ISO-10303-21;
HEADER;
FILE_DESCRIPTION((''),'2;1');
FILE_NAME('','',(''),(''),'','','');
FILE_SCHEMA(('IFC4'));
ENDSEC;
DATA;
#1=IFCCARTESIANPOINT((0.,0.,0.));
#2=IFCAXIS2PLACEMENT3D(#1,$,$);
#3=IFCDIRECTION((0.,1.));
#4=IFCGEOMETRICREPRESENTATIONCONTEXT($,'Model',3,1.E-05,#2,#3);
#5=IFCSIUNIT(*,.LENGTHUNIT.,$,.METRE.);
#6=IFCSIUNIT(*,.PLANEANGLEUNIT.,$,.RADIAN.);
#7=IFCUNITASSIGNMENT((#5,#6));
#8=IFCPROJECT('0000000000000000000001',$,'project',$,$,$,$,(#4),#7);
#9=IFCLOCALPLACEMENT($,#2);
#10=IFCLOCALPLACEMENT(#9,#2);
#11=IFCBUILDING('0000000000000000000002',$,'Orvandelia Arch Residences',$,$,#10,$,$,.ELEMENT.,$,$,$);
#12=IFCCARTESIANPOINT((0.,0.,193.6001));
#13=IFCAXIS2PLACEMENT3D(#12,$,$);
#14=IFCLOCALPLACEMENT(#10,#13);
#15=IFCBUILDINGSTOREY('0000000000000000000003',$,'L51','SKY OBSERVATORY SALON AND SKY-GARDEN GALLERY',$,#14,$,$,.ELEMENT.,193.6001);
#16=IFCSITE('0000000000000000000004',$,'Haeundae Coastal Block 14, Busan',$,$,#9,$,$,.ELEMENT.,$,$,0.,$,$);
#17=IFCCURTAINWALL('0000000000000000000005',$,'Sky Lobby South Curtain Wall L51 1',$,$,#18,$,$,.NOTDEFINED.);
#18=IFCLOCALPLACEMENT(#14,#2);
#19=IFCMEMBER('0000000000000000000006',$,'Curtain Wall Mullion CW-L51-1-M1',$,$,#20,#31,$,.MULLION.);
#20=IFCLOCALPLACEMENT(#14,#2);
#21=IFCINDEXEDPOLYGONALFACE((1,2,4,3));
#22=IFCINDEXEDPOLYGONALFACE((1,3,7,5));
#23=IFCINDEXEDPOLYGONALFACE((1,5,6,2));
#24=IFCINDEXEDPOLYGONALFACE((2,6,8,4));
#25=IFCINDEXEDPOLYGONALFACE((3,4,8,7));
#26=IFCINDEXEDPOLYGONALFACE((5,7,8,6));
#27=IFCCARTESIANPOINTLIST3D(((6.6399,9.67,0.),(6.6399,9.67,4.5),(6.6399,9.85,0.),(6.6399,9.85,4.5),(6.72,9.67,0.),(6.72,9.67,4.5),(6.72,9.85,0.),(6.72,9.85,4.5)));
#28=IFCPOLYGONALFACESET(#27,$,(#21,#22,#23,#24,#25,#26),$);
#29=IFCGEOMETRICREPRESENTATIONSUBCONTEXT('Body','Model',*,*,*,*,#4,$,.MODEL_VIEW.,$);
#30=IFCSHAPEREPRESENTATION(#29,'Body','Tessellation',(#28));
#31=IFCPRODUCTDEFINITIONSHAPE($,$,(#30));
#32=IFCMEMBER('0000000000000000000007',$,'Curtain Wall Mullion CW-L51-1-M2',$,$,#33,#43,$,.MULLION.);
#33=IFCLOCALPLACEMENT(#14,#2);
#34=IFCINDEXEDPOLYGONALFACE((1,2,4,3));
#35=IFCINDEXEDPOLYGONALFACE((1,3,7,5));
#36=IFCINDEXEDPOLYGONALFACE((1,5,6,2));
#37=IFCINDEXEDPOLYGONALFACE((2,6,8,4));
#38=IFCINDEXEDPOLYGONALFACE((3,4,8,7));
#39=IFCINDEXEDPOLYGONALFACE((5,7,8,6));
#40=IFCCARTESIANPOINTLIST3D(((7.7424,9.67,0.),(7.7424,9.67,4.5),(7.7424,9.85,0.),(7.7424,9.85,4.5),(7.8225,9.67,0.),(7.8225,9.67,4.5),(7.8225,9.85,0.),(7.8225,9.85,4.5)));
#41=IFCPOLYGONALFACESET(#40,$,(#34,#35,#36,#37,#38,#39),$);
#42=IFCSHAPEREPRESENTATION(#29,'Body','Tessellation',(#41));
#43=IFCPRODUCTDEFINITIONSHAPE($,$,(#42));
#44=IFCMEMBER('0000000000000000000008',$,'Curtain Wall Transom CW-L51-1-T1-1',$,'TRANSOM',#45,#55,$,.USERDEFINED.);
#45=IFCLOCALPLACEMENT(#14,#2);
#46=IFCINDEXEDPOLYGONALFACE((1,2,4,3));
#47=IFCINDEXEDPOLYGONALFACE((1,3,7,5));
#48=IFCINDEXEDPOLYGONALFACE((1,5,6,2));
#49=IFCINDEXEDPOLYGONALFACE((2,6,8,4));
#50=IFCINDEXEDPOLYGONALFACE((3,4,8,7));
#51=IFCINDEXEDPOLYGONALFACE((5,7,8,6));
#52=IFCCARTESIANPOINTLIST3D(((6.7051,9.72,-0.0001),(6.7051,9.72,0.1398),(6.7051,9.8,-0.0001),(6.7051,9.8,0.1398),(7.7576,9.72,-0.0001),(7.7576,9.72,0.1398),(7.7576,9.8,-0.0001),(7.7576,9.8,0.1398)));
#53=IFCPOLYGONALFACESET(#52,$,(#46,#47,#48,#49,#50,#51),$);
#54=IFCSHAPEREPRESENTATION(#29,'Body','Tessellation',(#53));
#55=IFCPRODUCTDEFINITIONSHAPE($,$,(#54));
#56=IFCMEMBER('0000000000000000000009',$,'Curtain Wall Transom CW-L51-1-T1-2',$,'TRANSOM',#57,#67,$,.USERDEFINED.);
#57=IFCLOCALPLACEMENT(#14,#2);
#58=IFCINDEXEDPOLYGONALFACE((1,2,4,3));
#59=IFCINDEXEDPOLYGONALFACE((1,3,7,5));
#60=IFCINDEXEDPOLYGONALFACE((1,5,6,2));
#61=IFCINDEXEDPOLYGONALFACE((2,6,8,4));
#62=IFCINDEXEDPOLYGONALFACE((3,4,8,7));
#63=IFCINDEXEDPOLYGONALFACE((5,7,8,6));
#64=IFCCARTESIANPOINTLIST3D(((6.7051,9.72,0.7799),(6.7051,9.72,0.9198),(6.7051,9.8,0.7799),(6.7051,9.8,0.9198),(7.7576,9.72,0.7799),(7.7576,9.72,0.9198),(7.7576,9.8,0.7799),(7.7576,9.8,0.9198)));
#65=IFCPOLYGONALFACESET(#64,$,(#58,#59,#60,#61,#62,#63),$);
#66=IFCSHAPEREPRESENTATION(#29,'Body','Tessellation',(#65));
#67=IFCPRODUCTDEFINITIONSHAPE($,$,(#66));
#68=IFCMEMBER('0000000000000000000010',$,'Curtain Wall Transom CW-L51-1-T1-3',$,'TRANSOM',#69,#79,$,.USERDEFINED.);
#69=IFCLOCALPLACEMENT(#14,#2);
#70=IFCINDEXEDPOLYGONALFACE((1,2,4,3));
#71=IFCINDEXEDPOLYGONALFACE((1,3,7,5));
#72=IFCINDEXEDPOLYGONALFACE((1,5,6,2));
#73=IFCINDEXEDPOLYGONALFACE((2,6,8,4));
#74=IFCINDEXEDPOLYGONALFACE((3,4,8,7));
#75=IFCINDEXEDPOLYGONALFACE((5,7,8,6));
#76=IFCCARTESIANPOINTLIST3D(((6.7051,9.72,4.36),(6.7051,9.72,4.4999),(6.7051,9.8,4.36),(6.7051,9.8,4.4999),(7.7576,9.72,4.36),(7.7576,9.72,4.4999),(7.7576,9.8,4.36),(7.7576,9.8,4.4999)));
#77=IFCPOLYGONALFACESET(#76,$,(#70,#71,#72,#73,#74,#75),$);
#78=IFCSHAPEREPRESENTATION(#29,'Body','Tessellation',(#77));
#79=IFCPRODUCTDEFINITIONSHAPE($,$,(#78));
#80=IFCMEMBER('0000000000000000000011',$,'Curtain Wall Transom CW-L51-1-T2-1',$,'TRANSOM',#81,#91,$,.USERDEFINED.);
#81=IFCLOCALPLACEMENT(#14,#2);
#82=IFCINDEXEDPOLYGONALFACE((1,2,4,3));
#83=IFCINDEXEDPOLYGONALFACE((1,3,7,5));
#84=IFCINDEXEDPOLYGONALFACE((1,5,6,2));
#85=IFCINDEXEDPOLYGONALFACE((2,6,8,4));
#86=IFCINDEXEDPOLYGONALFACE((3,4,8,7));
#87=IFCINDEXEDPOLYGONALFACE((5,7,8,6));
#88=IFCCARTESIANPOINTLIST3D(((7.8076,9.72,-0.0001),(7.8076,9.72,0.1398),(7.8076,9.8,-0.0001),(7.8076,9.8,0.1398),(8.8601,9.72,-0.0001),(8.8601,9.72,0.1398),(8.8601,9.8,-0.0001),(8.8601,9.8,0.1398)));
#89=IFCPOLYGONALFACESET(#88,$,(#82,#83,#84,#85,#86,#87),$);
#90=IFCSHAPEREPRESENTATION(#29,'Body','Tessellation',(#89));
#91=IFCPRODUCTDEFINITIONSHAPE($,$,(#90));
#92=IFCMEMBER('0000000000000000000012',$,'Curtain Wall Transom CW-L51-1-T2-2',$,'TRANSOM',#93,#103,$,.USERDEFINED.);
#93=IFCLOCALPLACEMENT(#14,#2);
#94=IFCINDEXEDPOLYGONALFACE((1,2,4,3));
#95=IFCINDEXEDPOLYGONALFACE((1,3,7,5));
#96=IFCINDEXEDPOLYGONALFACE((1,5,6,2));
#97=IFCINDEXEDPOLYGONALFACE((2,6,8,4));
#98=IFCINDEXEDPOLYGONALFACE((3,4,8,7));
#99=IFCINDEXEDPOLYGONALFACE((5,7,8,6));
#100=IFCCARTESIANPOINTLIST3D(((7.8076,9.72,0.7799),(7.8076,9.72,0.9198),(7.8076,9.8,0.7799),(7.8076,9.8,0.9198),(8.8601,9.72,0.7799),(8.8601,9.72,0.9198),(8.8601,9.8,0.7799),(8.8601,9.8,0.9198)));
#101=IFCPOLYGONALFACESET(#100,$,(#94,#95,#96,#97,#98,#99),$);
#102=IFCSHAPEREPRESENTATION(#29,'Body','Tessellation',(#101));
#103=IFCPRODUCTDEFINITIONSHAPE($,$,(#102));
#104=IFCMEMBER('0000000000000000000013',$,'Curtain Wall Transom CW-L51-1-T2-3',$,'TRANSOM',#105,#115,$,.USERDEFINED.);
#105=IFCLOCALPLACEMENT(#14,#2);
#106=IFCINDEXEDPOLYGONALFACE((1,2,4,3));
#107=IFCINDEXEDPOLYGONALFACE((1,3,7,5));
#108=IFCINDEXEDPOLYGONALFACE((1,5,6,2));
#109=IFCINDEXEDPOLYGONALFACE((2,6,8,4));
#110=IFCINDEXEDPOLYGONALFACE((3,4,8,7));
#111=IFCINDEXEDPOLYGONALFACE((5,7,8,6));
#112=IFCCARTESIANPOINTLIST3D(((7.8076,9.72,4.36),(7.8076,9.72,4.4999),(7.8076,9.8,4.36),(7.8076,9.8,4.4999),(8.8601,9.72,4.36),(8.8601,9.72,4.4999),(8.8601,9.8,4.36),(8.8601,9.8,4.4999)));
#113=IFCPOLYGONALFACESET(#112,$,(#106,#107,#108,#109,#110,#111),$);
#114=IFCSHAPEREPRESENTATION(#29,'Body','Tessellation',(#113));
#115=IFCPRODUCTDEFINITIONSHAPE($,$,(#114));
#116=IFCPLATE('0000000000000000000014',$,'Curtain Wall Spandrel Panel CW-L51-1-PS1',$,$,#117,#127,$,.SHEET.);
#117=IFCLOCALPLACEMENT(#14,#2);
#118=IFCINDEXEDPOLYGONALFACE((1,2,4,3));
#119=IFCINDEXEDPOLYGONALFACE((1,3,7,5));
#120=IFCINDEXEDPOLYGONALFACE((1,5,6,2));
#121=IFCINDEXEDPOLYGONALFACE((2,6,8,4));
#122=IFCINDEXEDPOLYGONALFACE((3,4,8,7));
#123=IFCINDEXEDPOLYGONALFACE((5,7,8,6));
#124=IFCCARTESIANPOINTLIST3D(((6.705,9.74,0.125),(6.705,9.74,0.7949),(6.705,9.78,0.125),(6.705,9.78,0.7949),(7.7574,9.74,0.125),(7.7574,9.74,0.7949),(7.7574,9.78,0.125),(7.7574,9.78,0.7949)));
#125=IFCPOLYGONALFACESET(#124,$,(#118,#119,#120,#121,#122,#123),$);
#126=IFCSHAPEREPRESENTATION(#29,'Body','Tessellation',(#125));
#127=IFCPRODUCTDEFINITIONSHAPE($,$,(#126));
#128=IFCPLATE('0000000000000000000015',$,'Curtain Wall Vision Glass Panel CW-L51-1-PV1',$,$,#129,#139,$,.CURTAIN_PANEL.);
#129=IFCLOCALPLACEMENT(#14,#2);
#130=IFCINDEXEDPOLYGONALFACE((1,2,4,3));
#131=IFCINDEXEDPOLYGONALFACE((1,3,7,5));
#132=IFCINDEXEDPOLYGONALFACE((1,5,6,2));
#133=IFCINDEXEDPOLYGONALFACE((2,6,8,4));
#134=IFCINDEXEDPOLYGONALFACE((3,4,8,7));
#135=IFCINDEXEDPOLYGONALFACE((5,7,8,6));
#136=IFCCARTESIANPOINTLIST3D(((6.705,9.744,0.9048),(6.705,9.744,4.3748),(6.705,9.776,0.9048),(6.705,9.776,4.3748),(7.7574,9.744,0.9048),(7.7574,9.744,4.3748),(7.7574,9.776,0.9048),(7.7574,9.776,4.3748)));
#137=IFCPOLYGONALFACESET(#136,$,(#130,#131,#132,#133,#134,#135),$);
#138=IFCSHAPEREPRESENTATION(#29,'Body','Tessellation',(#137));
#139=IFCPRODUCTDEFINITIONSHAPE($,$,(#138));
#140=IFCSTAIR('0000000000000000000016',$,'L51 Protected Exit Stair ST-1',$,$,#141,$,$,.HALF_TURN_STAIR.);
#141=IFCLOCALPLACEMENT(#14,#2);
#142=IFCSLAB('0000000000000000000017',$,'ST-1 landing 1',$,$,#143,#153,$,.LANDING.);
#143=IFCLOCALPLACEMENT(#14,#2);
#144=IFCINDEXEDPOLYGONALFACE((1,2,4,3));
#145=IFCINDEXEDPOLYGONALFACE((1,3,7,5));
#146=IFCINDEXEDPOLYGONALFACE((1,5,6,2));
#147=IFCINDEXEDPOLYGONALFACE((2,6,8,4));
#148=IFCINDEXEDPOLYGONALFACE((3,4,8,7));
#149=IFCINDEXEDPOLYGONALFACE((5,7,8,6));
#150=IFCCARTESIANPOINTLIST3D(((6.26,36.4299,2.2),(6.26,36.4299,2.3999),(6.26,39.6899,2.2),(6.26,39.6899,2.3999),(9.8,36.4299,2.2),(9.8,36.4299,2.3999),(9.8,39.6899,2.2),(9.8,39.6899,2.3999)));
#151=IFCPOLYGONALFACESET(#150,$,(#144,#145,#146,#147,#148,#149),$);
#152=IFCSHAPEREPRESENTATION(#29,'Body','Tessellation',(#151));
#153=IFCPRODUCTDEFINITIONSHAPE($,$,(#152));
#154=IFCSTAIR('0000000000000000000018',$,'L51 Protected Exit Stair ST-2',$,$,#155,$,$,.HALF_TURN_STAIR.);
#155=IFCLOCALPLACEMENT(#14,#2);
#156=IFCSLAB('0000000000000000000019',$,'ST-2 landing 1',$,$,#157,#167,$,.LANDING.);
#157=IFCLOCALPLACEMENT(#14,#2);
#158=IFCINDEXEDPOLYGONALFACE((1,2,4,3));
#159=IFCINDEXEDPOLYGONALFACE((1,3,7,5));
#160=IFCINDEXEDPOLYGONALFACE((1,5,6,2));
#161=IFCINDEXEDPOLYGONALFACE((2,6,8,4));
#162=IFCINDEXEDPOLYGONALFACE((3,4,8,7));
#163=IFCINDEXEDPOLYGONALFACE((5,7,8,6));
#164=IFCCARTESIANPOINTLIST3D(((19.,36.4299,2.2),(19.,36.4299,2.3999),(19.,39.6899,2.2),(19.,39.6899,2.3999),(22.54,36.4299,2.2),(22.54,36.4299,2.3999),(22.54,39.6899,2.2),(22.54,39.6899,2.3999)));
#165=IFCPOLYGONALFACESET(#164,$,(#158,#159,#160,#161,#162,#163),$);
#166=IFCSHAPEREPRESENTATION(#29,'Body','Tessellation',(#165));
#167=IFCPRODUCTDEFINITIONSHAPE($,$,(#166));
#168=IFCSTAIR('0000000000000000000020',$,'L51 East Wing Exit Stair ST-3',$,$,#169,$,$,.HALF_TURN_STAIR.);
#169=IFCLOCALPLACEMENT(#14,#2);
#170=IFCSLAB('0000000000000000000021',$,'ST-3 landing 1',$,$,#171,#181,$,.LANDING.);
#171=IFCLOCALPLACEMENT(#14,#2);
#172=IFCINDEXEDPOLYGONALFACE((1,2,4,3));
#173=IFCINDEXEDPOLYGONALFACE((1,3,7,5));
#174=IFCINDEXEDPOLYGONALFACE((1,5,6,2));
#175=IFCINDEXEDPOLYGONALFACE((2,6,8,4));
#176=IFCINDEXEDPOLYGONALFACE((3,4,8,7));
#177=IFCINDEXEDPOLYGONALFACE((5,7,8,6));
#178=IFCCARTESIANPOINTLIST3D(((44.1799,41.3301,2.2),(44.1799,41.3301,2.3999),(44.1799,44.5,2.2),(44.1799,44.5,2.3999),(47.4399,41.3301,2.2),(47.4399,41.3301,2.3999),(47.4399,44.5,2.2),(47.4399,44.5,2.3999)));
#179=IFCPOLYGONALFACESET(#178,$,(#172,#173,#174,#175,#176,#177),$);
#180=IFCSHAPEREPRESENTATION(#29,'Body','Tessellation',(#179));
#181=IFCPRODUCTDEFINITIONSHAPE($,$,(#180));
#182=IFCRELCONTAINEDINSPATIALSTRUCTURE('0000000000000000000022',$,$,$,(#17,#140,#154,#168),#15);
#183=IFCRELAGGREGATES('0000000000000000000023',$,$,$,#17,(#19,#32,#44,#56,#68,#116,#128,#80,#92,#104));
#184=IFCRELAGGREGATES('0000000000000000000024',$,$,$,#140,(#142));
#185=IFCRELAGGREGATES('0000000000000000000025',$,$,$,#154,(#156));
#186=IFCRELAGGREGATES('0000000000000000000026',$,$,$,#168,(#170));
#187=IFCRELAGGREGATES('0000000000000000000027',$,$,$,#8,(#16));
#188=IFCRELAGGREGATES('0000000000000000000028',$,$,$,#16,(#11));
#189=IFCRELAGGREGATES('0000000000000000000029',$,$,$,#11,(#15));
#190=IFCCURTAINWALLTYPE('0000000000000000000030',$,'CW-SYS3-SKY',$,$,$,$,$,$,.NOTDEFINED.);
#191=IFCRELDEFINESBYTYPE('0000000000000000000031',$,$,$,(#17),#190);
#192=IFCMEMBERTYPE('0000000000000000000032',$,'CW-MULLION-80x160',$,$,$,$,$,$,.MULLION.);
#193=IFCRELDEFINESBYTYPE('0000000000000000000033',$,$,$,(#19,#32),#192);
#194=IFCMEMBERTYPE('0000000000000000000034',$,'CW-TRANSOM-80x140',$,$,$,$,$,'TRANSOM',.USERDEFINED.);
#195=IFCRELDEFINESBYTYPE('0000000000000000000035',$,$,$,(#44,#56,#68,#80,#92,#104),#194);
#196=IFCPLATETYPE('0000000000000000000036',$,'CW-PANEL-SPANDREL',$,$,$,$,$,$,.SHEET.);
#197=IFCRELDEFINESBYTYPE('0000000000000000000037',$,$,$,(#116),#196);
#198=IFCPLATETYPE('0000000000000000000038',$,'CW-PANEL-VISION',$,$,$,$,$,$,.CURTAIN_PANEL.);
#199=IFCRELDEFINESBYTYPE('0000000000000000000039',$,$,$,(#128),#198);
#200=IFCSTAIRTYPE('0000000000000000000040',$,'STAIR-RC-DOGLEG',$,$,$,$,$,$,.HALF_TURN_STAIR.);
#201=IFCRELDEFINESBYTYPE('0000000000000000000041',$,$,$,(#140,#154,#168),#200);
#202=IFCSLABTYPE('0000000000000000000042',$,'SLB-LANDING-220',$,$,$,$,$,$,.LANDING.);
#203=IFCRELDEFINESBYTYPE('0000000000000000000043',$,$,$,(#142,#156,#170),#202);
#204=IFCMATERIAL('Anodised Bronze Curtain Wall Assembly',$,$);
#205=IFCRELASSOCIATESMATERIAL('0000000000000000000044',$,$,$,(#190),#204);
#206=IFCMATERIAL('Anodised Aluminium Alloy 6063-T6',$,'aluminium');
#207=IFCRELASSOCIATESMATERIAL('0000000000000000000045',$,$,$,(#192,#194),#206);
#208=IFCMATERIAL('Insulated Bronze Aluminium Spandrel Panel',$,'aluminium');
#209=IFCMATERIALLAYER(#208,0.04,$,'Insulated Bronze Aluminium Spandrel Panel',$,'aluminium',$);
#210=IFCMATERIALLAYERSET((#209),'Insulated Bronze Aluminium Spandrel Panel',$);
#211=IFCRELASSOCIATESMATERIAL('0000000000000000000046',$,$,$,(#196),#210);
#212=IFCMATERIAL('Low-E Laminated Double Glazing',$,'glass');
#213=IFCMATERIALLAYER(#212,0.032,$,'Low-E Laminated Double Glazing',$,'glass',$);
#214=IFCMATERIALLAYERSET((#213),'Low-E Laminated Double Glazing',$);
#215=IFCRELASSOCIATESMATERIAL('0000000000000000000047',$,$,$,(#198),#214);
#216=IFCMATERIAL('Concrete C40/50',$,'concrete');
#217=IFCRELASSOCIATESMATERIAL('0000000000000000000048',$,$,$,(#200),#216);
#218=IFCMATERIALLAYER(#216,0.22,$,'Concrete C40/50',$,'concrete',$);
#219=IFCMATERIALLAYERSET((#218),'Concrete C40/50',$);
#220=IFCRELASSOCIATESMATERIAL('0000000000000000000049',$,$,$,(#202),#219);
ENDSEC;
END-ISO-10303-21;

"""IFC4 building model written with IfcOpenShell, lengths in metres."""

from ifc_helpers import new_model, si_unit, direction, frame, origin, origin_2d, place, context, subcontext, project, spatial, polyline, rectangle, outline, extrude, material, layer, layer_set, material_profile, profile_set, type_object, element, aggregate, save


model = new_model("IFC4")

# Units and contexts
model_context = context("Model", 3, precision=1e-05, world=origin(), true_north=direction((0.0, 1.0)))
body_context = subcontext(model_context, "Body", "Model", "MODEL_VIEW")
ifc_project = project(units=[si_unit("LENGTHUNIT", "METRE"), si_unit("PLANEANGLEUNIT", "RADIAN")], contexts=[model_context])

# Site, building, storey
site_placement = place(None, origin())
site = spatial("IfcSite", under=ifc_project, at=site_placement, Name="Haeundae Coastal Block 14, Busan", CompositionType="ELEMENT", RefElevation=0.0)
building_placement = place(site_placement, origin())
building = spatial("IfcBuilding", under=site, at=building_placement, Name="Orvandelia Arch Residences", CompositionType="ELEMENT")
storey_placement = place(building_placement, frame((0.0, 0.0, 193.6001)))
storey = spatial("IfcBuildingStorey", under=building, at=storey_placement, Name="L51", Description="SKY OBSERVATORY SALON AND SKY-GARDEN GALLERY", CompositionType="ELEMENT", Elevation=193.6001)

# Curtain wall, members, plates
ifc_material_1 = material(Name="Anodised Bronze Curtain Wall Assembly")
curtain_wall_type = type_object("IfcCurtainWallType", Name="CW-SYS3-SKY", PredefinedType="NOTDEFINED", material=ifc_material_1)
curtain_wall_placement = place(storey_placement, origin())
curtain_wall = element("IfcCurtainWall", 1, at=curtain_wall_placement, inside=storey, type_object=curtain_wall_type, Name="Sky Lobby South Curtain Wall L51 1", PredefinedType="NOTDEFINED")
ifc_material_2 = material(Name="Anodised Aluminium Alloy 6063-T6", Category="aluminium")
ifc_material_profile_1 = material_profile(ifc_material_2, rectangle(XDim=0.0801, YDim=0.1799, at=origin_2d()), Name="Anodised Aluminium Alloy 6063-T6", Category="aluminium")
ifc_profile_set_1 = profile_set([ifc_material_profile_1], Name="Anodised Aluminium Alloy 6063-T6")
member_type_1 = type_object("IfcMemberType", Name="CW-MULLION-80x160", PredefinedType="MULLION", material=ifc_profile_set_1)
member_1_placement = place(storey_placement, frame((6.6799, 9.76, 0.0), z_axis=(0.0, 0.0, 1.0), x_axis=(1.0, 0.0, 0.0)))
member_1 = element("IfcMember", 2, at=member_1_placement, type_object=member_type_1, Name="Curtain Wall Mullion CW-L51-1-M1", PredefinedType="MULLION", context=body_context, shape_type="SweptSolid", body=[
    extrude(rectangle(XDim=0.0801, YDim=0.1799, at=origin_2d()), origin(), (0.0, 0.0, 1.0), 4.5),
])
member_2_placement = place(storey_placement, frame((7.7825, 9.76, 0.0), z_axis=(0.0, 0.0, 1.0), x_axis=(1.0, 0.0, 0.0)))
member_2 = element("IfcMember", 3, at=member_2_placement, type_object=member_type_1, Name="Curtain Wall Mullion CW-L51-1-M2", PredefinedType="MULLION", context=body_context, shape_type="SweptSolid", body=[
    extrude(rectangle(XDim=0.0801, YDim=0.1799, at=origin_2d()), origin(), (0.0, 0.0, 1.0), 4.5),
])
ifc_material_profile_2 = material_profile(ifc_material_2, rectangle(XDim=0.0801, YDim=0.1399, at=origin_2d()), Name="Anodised Aluminium Alloy 6063-T6", Category="aluminium")
ifc_profile_set_2 = profile_set([ifc_material_profile_2], Name="Anodised Aluminium Alloy 6063-T6")
member_type_2 = type_object("IfcMemberType", Name="CW-TRANSOM-80x140", ElementType="TRANSOM", PredefinedType="USERDEFINED", material=ifc_profile_set_2)
member_3_placement = place(storey_placement, frame((6.7051, 9.76, 0.0698), z_axis=(1.0, 0.0, 0.0), x_axis=(0.0, 1.0, 0.0)))
member_3 = element("IfcMember", 4, at=member_3_placement, type_object=member_type_2, Name="Curtain Wall Transom CW-L51-1-T1-1", ObjectType="TRANSOM", PredefinedType="USERDEFINED", context=body_context, shape_type="SweptSolid", body=[
    extrude(rectangle(XDim=0.0801, YDim=0.1399, at=origin_2d()), origin(), (0.0, 0.0, 1.0), 1.0525),
])
member_4_placement = place(storey_placement, frame((6.7051, 9.76, 0.8499), z_axis=(1.0, 0.0, 0.0), x_axis=(0.0, 1.0, 0.0)))
member_4 = element("IfcMember", 5, at=member_4_placement, type_object=member_type_2, Name="Curtain Wall Transom CW-L51-1-T1-2", ObjectType="TRANSOM", PredefinedType="USERDEFINED", context=body_context, shape_type="SweptSolid", body=[
    extrude(rectangle(XDim=0.0801, YDim=0.1399, at=origin_2d()), origin(), (0.0, 0.0, 1.0), 1.0525),
])
member_5_placement = place(storey_placement, frame((6.7051, 9.76, 4.4299), z_axis=(1.0, 0.0, 0.0), x_axis=(0.0, 1.0, 0.0)))
member_5 = element("IfcMember", 6, at=member_5_placement, type_object=member_type_2, Name="Curtain Wall Transom CW-L51-1-T1-3", ObjectType="TRANSOM", PredefinedType="USERDEFINED", context=body_context, shape_type="SweptSolid", body=[
    extrude(rectangle(XDim=0.0801, YDim=0.1399, at=origin_2d()), origin(), (0.0, 0.0, 1.0), 1.0525),
])
member_6_placement = place(storey_placement, frame((7.8076, 9.76, 0.0698), z_axis=(1.0, 0.0, 0.0), x_axis=(0.0, 1.0, 0.0)))
member_6 = element("IfcMember", 7, at=member_6_placement, type_object=member_type_2, Name="Curtain Wall Transom CW-L51-1-T2-1", ObjectType="TRANSOM", PredefinedType="USERDEFINED", context=body_context, shape_type="SweptSolid", body=[
    extrude(rectangle(XDim=0.0801, YDim=0.1399, at=origin_2d()), origin(), (0.0, 0.0, 1.0), 1.0525),
])
member_7_placement = place(storey_placement, frame((7.8076, 9.76, 0.8499), z_axis=(1.0, 0.0, 0.0), x_axis=(0.0, 1.0, 0.0)))
member_7 = element("IfcMember", 8, at=member_7_placement, type_object=member_type_2, Name="Curtain Wall Transom CW-L51-1-T2-2", ObjectType="TRANSOM", PredefinedType="USERDEFINED", context=body_context, shape_type="SweptSolid", body=[
    extrude(rectangle(XDim=0.0801, YDim=0.1399, at=origin_2d()), origin(), (0.0, 0.0, 1.0), 1.0525),
])
member_8_placement = place(storey_placement, frame((7.8076, 9.76, 4.4299), z_axis=(1.0, 0.0, 0.0), x_axis=(0.0, 1.0, 0.0)))
member_8 = element("IfcMember", 9, at=member_8_placement, type_object=member_type_2, Name="Curtain Wall Transom CW-L51-1-T2-3", ObjectType="TRANSOM", PredefinedType="USERDEFINED", context=body_context, shape_type="SweptSolid", body=[
    extrude(rectangle(XDim=0.0801, YDim=0.1399, at=origin_2d()), origin(), (0.0, 0.0, 1.0), 1.0525),
])
ifc_material_3 = material(Name="Insulated Bronze Aluminium Spandrel Panel", Category="aluminium")
ifc_layer_1 = layer(ifc_material_3, 0.04, Name="Insulated Bronze Aluminium Spandrel Panel", Category="aluminium")
ifc_layer_set_1 = layer_set([ifc_layer_1], Name="Insulated Bronze Aluminium Spandrel Panel")
plate_type_1 = type_object("IfcPlateType", Name="CW-PANEL-SPANDREL", PredefinedType="SHEET", material=ifc_layer_set_1)
plate_1_placement = place(storey_placement, frame((7.2312, 9.76, 0.125), z_axis=(0.0, 0.0, 1.0), x_axis=(1.0, 0.0, 0.0)))
plate_1 = element("IfcPlate", 10, at=plate_1_placement, type_object=plate_type_1, Name="Curtain Wall Spandrel Panel CW-L51-1-PS1", PredefinedType="SHEET", context=body_context, shape_type="SweptSolid", body=[
    extrude(rectangle(XDim=1.0525, YDim=0.04, at=origin_2d()), origin(), (0.0, 0.0, 1.0), 0.6699),
])
ifc_material_4 = material(Name="Low-E Laminated Double Glazing", Category="glass")
ifc_layer_2 = layer(ifc_material_4, 0.032, Name="Low-E Laminated Double Glazing", Category="glass")
ifc_layer_set_2 = layer_set([ifc_layer_2], Name="Low-E Laminated Double Glazing")
plate_type_2 = type_object("IfcPlateType", Name="CW-PANEL-VISION", PredefinedType="CURTAIN_PANEL", material=ifc_layer_set_2)
plate_2_placement = place(storey_placement, frame((7.2312, 9.76, 0.9048), z_axis=(0.0, 0.0, 1.0), x_axis=(1.0, 0.0, 0.0)))
plate_2 = element("IfcPlate", 11, at=plate_2_placement, type_object=plate_type_2, Name="Curtain Wall Vision Glass Panel CW-L51-1-PV1", PredefinedType="CURTAIN_PANEL", context=body_context, shape_type="SweptSolid", body=[
    extrude(rectangle(XDim=1.0525, YDim=0.032, at=origin_2d()), origin(), (0.0, 0.0, 1.0), 3.47),
])
aggregate(curtain_wall, [member_1, member_2, member_3, member_4, member_5, plate_1, plate_2, member_6, member_7, member_8])

# Stairs, slabs
ifc_material_5 = material(Name="Concrete C40/50", Category="concrete")
stair_type = type_object("IfcStairType", Name="STAIR-RC-DOGLEG", PredefinedType="HALF_TURN_STAIR", material=ifc_material_5)
stair_1_placement = place(storey_placement, origin())
stair_1 = element("IfcStair", 12, at=stair_1_placement, inside=storey, type_object=stair_type, Name="L51 Protected Exit Stair ST-1", PredefinedType="HALF_TURN_STAIR")
ifc_layer_3 = layer(ifc_material_5, 0.22, Name="Concrete C40/50", Category="concrete")
ifc_layer_set_3 = layer_set([ifc_layer_3], Name="Concrete C40/50")
slab_type_1 = type_object("IfcSlabType", Name="SLB-LANDING-220", PredefinedType="LANDING", material=ifc_layer_set_3)
slab_1_placement = place(storey_placement, frame((0.0, 0.0, 2.2)))
slab_1 = element("IfcSlab", 13, at=slab_1_placement, type_object=slab_type_1, Name="ST-1 landing 1", PredefinedType="LANDING", context=body_context, shape_type="SweptSolid", body=[
    extrude(outline(polyline([(9.8, 36.4299), (9.8, 39.6899), (6.26, 39.6899), (6.26, 36.4299), (9.8, 36.4299)])), origin(), (0.0, 0.0, 1.0), 0.2),
])
aggregate(stair_1, [slab_1])
stair_2_placement = place(storey_placement, origin())
stair_2 = element("IfcStair", 14, at=stair_2_placement, inside=storey, type_object=stair_type, Name="L51 Protected Exit Stair ST-2", PredefinedType="HALF_TURN_STAIR")
slab_2_placement = place(storey_placement, frame((0.0, 0.0, 2.2)))
slab_2 = element("IfcSlab", 15, at=slab_2_placement, type_object=slab_type_1, Name="ST-2 landing 1", PredefinedType="LANDING", context=body_context, shape_type="SweptSolid", body=[
    extrude(outline(polyline([(22.54, 36.4299), (22.54, 39.6899), (19.0, 39.6899), (19.0, 36.4299), (22.54, 36.4299)])), origin(), (0.0, 0.0, 1.0), 0.2),
])
aggregate(stair_2, [slab_2])
stair_3_placement = place(storey_placement, origin())
stair_3 = element("IfcStair", 16, at=stair_3_placement, inside=storey, type_object=stair_type, Name="L51 East Wing Exit Stair ST-3", PredefinedType="HALF_TURN_STAIR")
slab_3_placement = place(storey_placement, frame((0.0, 0.0, 2.2)))
slab_3 = element("IfcSlab", 17, at=slab_3_placement, type_object=slab_type_1, Name="ST-3 landing 1", PredefinedType="LANDING", context=body_context, shape_type="SweptSolid", body=[
    extrude(outline(polyline([(47.4399, 41.3301), (47.4399, 44.5), (44.1799, 44.5), (44.1799, 41.3301), (47.4399, 41.3301)])), origin(), (0.0, 0.0, 1.0), 0.2),
])
aggregate(stair_3, [slab_3])

save(model, "model.ifc")
